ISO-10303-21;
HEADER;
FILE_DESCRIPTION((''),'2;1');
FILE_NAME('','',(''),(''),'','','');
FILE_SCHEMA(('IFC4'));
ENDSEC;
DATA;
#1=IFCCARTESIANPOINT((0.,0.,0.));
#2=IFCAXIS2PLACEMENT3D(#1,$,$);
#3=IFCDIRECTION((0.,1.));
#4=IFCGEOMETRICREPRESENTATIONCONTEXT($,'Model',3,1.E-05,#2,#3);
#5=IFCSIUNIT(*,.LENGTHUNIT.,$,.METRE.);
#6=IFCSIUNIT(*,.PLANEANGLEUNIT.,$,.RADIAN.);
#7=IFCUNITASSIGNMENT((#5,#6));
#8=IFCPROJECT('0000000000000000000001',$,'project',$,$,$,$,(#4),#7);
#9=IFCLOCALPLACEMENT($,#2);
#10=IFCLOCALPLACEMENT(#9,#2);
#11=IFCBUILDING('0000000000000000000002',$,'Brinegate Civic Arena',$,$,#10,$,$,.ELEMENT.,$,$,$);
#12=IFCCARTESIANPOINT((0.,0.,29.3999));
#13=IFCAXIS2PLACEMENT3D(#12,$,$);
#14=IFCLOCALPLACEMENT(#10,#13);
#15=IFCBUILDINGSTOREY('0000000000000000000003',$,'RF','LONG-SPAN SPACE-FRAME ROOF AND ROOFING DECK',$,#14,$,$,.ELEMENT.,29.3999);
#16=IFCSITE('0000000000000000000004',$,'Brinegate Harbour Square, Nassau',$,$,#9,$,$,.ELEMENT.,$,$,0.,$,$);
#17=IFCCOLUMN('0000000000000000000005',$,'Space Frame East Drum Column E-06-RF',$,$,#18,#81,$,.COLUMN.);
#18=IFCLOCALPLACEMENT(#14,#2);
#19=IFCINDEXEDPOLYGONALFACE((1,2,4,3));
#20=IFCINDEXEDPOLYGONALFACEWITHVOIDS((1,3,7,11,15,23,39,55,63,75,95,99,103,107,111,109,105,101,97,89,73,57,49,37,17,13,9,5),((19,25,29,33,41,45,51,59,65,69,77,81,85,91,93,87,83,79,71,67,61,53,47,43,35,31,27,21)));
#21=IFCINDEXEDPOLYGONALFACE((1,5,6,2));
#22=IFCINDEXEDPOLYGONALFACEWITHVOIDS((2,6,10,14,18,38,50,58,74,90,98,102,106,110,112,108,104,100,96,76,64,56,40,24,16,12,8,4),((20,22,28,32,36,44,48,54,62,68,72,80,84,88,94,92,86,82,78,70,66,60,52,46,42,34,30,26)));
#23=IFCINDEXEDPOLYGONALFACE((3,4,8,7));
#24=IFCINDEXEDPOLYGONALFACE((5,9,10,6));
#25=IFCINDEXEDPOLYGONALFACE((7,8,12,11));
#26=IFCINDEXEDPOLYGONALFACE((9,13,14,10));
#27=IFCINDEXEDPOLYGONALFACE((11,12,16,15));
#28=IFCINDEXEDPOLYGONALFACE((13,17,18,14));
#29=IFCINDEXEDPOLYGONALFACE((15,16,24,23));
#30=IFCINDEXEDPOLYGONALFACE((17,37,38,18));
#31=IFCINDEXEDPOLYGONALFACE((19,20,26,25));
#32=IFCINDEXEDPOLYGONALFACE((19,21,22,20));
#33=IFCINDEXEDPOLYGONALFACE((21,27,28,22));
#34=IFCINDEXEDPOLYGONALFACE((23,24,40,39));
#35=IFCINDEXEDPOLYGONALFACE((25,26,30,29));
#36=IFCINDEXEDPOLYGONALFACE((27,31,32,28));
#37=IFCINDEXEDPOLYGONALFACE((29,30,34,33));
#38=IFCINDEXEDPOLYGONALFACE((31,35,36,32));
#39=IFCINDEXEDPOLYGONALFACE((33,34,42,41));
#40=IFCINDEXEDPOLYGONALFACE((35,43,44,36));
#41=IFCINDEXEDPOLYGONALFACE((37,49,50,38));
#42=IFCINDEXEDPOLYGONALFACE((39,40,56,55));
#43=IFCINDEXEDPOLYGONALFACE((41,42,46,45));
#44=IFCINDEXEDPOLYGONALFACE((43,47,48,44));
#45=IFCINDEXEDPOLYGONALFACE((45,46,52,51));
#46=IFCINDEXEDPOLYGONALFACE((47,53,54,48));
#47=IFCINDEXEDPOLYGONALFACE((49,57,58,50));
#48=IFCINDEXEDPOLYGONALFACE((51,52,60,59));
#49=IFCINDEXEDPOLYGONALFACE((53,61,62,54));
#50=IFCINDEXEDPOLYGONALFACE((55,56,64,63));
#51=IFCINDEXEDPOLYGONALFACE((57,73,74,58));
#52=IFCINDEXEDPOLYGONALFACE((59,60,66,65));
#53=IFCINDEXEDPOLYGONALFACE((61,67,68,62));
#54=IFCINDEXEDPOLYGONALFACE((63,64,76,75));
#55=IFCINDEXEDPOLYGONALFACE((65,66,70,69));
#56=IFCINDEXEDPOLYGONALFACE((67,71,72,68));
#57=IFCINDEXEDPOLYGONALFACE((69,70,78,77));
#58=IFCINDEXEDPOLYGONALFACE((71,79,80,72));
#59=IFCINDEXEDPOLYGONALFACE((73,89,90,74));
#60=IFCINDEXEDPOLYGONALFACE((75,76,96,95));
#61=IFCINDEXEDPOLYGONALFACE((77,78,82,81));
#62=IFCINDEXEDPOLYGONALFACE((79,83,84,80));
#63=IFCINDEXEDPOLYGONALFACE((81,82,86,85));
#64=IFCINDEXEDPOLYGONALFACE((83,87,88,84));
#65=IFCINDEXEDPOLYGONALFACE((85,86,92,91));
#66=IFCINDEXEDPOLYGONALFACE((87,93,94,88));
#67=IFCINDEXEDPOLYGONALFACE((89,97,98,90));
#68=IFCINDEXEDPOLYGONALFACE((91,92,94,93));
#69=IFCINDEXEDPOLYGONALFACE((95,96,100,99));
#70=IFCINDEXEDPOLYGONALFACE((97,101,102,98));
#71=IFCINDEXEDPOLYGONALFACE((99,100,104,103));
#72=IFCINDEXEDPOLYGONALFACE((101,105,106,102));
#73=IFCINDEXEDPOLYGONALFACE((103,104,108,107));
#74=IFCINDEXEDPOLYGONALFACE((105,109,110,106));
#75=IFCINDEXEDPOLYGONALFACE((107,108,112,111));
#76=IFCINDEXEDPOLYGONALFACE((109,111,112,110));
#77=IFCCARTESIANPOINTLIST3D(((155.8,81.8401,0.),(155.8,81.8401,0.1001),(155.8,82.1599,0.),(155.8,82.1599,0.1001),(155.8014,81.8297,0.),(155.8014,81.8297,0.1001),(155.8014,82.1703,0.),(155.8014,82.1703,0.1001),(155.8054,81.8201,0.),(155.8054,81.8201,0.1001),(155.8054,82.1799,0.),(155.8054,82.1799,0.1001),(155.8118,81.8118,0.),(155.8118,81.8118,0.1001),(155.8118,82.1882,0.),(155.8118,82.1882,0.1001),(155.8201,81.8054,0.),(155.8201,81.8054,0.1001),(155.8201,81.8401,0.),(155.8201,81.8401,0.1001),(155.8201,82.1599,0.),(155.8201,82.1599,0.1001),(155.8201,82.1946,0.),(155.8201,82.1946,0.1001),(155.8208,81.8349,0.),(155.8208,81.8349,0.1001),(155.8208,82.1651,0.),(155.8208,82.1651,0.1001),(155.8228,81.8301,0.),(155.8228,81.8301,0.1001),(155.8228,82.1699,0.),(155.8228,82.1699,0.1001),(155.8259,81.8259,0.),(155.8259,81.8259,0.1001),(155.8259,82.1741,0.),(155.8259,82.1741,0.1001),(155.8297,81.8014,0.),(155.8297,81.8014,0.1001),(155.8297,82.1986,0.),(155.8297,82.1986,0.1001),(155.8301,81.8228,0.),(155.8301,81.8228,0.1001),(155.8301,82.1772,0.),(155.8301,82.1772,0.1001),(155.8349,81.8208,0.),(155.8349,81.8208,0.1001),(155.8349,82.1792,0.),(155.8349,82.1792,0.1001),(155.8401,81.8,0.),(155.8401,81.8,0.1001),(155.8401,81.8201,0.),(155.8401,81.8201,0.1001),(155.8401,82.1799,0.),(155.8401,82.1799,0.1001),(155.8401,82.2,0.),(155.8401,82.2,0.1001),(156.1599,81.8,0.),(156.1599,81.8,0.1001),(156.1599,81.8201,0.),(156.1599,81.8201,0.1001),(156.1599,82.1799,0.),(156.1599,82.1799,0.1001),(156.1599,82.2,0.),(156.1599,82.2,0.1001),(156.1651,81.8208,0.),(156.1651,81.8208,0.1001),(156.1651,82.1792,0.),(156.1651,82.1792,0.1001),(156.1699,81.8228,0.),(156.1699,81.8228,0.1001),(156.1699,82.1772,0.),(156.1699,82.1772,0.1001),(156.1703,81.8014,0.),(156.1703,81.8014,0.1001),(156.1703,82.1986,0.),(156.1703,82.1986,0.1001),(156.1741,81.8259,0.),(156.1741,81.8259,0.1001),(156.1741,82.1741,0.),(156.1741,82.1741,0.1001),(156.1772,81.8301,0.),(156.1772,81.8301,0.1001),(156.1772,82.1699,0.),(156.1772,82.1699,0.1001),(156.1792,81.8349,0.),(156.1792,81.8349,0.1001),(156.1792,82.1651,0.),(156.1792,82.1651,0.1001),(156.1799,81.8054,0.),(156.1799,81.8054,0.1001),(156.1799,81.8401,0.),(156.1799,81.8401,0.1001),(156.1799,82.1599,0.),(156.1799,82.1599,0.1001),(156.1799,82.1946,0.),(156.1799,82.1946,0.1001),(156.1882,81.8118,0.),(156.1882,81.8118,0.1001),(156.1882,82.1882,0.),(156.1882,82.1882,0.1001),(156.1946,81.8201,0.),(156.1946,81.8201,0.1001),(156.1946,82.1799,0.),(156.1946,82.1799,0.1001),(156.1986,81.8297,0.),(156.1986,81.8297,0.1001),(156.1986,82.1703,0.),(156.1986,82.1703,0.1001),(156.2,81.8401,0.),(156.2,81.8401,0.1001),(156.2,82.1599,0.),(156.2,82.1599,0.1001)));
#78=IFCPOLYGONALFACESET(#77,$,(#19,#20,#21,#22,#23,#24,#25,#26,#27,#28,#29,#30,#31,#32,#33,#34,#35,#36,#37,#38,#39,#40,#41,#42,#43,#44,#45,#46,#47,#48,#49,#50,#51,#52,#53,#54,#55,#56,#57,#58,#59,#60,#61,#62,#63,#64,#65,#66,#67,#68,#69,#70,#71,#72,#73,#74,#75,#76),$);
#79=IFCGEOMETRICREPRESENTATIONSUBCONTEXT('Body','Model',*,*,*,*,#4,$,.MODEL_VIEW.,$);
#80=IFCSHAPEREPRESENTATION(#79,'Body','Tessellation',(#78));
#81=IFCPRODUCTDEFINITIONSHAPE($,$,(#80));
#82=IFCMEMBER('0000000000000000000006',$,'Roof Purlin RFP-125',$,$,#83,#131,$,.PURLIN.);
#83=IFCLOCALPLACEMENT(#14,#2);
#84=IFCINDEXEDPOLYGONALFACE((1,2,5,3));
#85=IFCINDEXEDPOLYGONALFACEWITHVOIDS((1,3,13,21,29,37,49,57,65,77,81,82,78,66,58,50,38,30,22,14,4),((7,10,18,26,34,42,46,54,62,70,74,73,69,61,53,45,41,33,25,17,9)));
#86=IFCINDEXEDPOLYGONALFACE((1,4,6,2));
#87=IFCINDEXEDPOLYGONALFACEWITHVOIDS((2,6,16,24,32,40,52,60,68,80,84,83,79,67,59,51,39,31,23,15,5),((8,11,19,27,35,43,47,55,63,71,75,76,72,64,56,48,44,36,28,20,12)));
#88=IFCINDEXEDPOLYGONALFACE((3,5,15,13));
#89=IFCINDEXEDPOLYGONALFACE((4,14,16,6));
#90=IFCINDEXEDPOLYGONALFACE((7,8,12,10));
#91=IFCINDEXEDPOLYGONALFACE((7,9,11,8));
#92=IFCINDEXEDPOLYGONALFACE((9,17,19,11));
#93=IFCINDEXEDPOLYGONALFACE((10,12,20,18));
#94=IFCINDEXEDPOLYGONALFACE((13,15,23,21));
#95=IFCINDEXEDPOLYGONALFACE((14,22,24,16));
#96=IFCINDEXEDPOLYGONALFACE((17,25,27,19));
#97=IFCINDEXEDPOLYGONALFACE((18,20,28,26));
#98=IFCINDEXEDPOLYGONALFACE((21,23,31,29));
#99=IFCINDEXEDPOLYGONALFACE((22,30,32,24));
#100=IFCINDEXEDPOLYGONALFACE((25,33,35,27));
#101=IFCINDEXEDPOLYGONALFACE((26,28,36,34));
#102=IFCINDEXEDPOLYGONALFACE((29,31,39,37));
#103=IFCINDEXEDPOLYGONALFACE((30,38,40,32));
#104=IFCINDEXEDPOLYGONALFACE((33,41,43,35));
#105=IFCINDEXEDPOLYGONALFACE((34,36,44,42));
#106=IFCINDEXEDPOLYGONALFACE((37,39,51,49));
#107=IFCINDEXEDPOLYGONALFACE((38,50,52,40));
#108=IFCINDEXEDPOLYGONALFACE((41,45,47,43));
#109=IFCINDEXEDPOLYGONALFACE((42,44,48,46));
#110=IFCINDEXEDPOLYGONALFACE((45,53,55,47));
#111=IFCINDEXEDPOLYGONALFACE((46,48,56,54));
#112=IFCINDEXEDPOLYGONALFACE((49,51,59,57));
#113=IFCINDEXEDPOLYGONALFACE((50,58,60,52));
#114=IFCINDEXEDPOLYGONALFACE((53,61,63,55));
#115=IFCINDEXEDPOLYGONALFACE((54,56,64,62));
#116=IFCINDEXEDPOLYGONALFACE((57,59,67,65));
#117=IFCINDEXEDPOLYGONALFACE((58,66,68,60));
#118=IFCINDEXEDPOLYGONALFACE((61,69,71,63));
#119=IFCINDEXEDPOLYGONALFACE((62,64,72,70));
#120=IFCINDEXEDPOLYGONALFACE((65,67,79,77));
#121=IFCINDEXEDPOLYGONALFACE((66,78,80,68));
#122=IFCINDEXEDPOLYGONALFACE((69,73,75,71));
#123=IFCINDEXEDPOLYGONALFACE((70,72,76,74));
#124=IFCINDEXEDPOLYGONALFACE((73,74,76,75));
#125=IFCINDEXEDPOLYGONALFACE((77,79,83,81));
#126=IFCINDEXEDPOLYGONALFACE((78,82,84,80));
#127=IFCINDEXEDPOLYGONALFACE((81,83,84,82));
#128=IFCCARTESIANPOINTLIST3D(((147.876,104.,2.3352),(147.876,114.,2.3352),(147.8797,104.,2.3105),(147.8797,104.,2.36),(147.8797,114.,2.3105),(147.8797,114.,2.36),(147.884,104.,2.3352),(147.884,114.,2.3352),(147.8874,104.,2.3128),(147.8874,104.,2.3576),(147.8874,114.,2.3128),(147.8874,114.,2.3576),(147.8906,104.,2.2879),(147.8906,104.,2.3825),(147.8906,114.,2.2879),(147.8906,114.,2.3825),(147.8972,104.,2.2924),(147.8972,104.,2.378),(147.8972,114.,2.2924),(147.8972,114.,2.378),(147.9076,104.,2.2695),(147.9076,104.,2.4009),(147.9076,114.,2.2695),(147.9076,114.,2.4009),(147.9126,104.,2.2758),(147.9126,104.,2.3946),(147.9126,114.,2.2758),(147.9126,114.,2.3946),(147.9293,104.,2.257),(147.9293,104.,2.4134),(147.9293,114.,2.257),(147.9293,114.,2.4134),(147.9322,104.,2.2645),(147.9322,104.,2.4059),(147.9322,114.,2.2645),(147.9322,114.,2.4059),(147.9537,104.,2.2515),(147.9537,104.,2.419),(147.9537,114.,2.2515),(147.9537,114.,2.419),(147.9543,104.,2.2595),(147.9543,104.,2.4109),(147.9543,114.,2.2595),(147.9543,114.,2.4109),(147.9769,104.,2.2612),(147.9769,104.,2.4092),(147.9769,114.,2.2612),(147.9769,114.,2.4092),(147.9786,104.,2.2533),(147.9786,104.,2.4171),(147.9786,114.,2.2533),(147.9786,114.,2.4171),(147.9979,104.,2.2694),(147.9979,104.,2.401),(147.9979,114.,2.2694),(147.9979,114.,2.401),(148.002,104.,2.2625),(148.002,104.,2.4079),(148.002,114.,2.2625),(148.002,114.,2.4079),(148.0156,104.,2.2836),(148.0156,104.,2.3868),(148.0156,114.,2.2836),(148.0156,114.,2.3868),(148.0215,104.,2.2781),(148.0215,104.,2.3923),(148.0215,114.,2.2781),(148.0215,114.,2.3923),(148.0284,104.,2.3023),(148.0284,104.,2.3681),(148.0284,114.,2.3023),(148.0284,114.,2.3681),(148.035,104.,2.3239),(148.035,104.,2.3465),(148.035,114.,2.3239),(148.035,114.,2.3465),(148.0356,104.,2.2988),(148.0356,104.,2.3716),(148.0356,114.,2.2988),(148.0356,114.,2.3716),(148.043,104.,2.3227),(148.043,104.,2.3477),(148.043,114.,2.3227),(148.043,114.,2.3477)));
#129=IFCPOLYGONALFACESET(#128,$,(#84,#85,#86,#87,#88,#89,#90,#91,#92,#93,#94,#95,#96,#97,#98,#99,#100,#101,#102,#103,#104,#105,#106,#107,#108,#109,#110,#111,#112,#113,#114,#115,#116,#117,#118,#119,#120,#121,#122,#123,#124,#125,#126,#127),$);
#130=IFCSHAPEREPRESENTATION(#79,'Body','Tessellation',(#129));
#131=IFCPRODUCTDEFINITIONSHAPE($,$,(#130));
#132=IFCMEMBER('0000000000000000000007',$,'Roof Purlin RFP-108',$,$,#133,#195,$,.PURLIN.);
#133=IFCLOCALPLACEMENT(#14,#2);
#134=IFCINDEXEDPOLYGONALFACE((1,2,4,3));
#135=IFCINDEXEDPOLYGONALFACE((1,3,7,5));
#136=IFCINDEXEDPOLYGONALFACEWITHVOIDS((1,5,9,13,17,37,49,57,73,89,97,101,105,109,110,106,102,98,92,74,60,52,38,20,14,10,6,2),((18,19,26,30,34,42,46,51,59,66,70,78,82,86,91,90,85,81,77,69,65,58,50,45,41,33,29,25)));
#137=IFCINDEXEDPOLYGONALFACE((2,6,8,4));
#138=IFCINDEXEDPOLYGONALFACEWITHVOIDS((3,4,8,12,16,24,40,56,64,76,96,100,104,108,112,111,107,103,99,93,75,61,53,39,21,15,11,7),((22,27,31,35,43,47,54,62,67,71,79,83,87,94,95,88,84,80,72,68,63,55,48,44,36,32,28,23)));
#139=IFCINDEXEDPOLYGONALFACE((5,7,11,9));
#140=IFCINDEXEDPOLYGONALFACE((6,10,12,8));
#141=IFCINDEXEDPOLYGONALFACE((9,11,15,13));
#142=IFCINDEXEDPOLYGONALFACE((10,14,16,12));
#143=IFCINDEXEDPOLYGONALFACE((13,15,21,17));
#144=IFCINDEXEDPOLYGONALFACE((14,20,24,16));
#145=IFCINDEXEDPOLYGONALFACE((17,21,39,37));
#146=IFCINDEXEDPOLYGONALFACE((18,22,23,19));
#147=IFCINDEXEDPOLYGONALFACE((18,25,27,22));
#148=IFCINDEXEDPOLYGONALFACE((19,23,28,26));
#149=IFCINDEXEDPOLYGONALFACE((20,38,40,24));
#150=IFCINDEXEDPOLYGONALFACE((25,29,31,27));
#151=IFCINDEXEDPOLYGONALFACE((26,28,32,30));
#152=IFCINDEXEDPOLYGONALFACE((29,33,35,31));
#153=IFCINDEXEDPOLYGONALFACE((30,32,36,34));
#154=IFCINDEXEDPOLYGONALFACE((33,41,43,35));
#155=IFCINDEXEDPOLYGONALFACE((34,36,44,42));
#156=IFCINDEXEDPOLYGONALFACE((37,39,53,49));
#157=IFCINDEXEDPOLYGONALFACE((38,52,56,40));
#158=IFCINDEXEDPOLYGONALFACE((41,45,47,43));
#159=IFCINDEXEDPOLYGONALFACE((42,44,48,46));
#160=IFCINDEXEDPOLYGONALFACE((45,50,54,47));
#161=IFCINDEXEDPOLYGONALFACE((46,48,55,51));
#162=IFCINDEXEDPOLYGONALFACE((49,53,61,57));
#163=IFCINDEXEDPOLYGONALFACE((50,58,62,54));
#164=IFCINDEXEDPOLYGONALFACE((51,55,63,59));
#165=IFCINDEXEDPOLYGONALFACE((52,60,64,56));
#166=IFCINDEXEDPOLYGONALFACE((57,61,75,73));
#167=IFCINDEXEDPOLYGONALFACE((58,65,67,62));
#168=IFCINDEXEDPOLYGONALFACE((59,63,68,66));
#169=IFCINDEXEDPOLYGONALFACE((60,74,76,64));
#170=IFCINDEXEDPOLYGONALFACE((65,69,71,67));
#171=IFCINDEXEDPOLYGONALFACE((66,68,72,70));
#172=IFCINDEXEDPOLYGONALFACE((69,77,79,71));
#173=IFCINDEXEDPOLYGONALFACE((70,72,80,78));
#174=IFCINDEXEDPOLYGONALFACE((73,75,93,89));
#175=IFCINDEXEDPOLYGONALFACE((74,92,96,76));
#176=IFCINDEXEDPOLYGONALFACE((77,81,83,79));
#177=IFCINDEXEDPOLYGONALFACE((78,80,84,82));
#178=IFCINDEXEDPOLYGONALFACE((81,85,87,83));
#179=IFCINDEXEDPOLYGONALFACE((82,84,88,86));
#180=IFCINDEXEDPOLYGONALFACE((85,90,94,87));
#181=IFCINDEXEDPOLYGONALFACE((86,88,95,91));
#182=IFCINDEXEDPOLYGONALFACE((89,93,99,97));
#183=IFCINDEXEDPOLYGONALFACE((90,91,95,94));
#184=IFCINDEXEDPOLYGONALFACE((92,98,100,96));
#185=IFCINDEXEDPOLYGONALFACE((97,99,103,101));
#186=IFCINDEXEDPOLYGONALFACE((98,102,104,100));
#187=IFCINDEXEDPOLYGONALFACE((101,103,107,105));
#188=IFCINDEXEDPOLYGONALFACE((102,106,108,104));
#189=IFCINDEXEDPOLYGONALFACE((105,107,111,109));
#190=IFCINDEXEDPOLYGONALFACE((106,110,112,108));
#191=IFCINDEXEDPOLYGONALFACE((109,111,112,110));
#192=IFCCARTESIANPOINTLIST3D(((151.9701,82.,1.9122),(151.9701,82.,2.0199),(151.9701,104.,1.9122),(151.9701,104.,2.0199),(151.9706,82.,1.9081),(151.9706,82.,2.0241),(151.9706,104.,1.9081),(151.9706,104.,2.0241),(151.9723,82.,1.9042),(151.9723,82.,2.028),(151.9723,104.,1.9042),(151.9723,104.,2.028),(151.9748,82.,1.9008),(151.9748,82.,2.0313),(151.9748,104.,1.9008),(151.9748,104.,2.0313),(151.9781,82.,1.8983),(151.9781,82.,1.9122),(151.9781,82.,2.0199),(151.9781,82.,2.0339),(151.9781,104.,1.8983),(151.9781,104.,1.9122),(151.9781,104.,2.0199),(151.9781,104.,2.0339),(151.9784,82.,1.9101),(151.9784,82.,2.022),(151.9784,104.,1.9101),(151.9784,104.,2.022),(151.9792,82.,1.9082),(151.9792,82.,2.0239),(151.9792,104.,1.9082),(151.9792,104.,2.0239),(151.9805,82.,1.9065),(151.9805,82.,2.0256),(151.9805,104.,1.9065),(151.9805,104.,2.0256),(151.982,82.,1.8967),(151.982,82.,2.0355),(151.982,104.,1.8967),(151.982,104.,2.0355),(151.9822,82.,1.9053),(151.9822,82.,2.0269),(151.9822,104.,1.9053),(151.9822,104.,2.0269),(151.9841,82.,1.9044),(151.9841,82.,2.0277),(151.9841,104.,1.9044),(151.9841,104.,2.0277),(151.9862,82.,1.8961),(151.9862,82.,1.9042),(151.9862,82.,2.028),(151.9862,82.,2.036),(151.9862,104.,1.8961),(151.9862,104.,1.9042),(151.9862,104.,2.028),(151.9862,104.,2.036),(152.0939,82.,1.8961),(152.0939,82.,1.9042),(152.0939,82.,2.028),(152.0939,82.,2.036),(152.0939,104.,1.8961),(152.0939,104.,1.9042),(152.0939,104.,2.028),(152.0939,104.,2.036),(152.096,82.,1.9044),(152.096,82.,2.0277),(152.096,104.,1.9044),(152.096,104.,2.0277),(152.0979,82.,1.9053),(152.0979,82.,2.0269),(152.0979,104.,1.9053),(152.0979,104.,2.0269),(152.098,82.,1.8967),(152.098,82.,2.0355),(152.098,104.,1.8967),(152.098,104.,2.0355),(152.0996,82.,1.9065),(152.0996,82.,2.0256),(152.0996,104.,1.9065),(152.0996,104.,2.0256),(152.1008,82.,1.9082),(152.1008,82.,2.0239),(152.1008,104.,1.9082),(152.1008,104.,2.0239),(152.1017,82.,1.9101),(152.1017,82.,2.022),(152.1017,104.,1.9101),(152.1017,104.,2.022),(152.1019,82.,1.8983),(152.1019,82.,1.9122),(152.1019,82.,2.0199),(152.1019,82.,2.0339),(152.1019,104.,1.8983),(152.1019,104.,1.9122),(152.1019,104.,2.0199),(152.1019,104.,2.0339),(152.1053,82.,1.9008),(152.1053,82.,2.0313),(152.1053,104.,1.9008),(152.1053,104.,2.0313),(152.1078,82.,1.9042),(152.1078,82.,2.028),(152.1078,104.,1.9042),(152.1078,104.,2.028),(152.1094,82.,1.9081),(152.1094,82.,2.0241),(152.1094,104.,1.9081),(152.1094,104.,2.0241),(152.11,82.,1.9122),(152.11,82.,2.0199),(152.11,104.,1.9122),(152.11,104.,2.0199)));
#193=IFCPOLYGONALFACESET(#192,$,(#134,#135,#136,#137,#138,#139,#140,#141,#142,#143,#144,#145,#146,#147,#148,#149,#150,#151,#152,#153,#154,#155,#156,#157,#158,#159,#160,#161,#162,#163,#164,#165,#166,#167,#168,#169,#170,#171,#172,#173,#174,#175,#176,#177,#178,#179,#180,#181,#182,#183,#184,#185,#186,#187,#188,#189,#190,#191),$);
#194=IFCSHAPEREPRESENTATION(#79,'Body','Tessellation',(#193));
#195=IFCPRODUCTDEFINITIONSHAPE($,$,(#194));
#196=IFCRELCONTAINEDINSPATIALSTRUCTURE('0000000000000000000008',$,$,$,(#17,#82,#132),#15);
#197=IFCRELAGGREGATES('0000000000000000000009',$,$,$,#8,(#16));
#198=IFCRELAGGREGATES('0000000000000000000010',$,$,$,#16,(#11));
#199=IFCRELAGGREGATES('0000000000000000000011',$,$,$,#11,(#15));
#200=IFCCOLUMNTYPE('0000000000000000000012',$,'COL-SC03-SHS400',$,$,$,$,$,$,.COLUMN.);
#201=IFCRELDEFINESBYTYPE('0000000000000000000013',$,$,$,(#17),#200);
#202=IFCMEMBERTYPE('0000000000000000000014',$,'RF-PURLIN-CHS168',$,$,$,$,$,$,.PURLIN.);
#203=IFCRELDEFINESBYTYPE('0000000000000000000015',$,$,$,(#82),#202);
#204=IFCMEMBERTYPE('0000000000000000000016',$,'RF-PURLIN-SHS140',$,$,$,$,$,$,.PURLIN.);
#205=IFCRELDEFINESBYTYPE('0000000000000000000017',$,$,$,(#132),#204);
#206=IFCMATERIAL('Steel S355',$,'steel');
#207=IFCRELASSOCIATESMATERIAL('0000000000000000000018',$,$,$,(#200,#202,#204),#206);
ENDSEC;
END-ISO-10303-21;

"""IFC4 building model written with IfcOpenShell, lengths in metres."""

from ifc_helpers import new_model, si_unit, direction, frame, origin, origin_2d, place, context, subcontext, project, spatial, hollow_rectangle, hollow_circle, extrude, material, material_profile, profile_set, type_object, element, save


model = new_model("IFC4")

# Units and contexts
model_context = context("Model", 3, precision=1e-05, world=origin(), true_north=direction((0.0, 1.0)))
body_context = subcontext(model_context, "Body", "Model", "MODEL_VIEW")
ifc_project = project(units=[si_unit("LENGTHUNIT", "METRE"), si_unit("PLANEANGLEUNIT", "RADIAN")], contexts=[model_context])

# Site, building, storey
site_placement = place(None, origin())
site = spatial("IfcSite", under=ifc_project, at=site_placement, Name="Brinegate Harbour Square, Nassau", CompositionType="ELEMENT", RefElevation=0.0)
building_placement = place(site_placement, origin())
building = spatial("IfcBuilding", under=site, at=building_placement, Name="Brinegate Civic Arena", CompositionType="ELEMENT")
storey_placement = place(building_placement, frame((0.0, 0.0, 29.3999)))
storey = spatial("IfcBuildingStorey", under=building, at=storey_placement, Name="RF", Description="LONG-SPAN SPACE-FRAME ROOF AND ROOFING DECK", CompositionType="ELEMENT", Elevation=29.3999)

# Column
ifc_material_1 = material(Name="Steel S355", Category="steel")
ifc_material_profile_1 = material_profile(ifc_material_1, hollow_rectangle(XDim=0.3999, YDim=0.3999, WallThickness=0.02, InnerFilletRadius=0.02, OuterFilletRadius=0.04, at=origin_2d()), Name="SHS400X20")
ifc_profile_set_1 = profile_set([ifc_material_profile_1], Name="Steel S355")
column_type = type_object("IfcColumnType", Name="COL-SC03-SHS400", PredefinedType="COLUMN", material=ifc_profile_set_1)
column_placement = place(storey_placement, frame((156.0, 82.0, 0.0), z_axis=(0.0, 0.0, 1.0), x_axis=(1.0, 0.0, 0.0)))
element("IfcColumn", 1, at=column_placement, inside=storey, type_object=column_type, Name="Space Frame East Drum Column E-06-RF", PredefinedType="COLUMN", context=body_context, shape_type="SweptSolid", body=[
    extrude(hollow_rectangle(XDim=0.3999, YDim=0.3999, WallThickness=0.02, InnerFilletRadius=0.02, OuterFilletRadius=0.04, at=origin_2d()), origin(), (0.0, 0.0, 1.0), 0.1001),
])

# Members
ifc_material_profile_2 = material_profile(ifc_material_1, hollow_circle(Radius=0.084, WallThickness=0.0081, at=origin_2d()), Name="CHS168X8")
ifc_profile_set_2 = profile_set([ifc_material_profile_2], Name="Steel S355")
member_type_1 = type_object("IfcMemberType", Name="RF-PURLIN-CHS168", PredefinedType="PURLIN", material=ifc_profile_set_2)
member_1_placement = place(storey_placement, frame((147.96, 104.0, 2.3352), z_axis=(0.0, 1.0, 0.0), x_axis=(-1.0, 0.0, 0.0)))
element("IfcMember", 2, at=member_1_placement, inside=storey, type_object=member_type_1, Name="Roof Purlin RFP-125", PredefinedType="PURLIN", context=body_context, shape_type="SweptSolid", body=[
    extrude(hollow_circle(Radius=0.084, WallThickness=0.0081, at=origin_2d()), origin(), (0.0, 0.0, 1.0), 10.0),
])
ifc_material_profile_3 = material_profile(ifc_material_1, hollow_rectangle(XDim=0.1399, YDim=0.1399, WallThickness=0.0081, InnerFilletRadius=0.0081, OuterFilletRadius=0.0161, at=origin_2d()), Name="SHS140X8")
ifc_profile_set_3 = profile_set([ifc_material_profile_3], Name="Steel S355")
member_type_2 = type_object("IfcMemberType", Name="RF-PURLIN-SHS140", PredefinedType="PURLIN", material=ifc_profile_set_3)
member_2_placement = place(storey_placement, frame((152.04, 82.0, 1.9661), z_axis=(0.0, 1.0, 0.0), x_axis=(-1.0, 0.0, 0.0)))
element("IfcMember", 3, at=member_2_placement, inside=storey, type_object=member_type_2, Name="Roof Purlin RFP-108", PredefinedType="PURLIN", context=body_context, shape_type="SweptSolid", body=[
    extrude(hollow_rectangle(XDim=0.1399, YDim=0.1399, WallThickness=0.0081, InnerFilletRadius=0.0081, OuterFilletRadius=0.0161, at=origin_2d()), origin(), (0.0, 0.0, 1.0), 22.0),
])

save(model, "model.ifc")
